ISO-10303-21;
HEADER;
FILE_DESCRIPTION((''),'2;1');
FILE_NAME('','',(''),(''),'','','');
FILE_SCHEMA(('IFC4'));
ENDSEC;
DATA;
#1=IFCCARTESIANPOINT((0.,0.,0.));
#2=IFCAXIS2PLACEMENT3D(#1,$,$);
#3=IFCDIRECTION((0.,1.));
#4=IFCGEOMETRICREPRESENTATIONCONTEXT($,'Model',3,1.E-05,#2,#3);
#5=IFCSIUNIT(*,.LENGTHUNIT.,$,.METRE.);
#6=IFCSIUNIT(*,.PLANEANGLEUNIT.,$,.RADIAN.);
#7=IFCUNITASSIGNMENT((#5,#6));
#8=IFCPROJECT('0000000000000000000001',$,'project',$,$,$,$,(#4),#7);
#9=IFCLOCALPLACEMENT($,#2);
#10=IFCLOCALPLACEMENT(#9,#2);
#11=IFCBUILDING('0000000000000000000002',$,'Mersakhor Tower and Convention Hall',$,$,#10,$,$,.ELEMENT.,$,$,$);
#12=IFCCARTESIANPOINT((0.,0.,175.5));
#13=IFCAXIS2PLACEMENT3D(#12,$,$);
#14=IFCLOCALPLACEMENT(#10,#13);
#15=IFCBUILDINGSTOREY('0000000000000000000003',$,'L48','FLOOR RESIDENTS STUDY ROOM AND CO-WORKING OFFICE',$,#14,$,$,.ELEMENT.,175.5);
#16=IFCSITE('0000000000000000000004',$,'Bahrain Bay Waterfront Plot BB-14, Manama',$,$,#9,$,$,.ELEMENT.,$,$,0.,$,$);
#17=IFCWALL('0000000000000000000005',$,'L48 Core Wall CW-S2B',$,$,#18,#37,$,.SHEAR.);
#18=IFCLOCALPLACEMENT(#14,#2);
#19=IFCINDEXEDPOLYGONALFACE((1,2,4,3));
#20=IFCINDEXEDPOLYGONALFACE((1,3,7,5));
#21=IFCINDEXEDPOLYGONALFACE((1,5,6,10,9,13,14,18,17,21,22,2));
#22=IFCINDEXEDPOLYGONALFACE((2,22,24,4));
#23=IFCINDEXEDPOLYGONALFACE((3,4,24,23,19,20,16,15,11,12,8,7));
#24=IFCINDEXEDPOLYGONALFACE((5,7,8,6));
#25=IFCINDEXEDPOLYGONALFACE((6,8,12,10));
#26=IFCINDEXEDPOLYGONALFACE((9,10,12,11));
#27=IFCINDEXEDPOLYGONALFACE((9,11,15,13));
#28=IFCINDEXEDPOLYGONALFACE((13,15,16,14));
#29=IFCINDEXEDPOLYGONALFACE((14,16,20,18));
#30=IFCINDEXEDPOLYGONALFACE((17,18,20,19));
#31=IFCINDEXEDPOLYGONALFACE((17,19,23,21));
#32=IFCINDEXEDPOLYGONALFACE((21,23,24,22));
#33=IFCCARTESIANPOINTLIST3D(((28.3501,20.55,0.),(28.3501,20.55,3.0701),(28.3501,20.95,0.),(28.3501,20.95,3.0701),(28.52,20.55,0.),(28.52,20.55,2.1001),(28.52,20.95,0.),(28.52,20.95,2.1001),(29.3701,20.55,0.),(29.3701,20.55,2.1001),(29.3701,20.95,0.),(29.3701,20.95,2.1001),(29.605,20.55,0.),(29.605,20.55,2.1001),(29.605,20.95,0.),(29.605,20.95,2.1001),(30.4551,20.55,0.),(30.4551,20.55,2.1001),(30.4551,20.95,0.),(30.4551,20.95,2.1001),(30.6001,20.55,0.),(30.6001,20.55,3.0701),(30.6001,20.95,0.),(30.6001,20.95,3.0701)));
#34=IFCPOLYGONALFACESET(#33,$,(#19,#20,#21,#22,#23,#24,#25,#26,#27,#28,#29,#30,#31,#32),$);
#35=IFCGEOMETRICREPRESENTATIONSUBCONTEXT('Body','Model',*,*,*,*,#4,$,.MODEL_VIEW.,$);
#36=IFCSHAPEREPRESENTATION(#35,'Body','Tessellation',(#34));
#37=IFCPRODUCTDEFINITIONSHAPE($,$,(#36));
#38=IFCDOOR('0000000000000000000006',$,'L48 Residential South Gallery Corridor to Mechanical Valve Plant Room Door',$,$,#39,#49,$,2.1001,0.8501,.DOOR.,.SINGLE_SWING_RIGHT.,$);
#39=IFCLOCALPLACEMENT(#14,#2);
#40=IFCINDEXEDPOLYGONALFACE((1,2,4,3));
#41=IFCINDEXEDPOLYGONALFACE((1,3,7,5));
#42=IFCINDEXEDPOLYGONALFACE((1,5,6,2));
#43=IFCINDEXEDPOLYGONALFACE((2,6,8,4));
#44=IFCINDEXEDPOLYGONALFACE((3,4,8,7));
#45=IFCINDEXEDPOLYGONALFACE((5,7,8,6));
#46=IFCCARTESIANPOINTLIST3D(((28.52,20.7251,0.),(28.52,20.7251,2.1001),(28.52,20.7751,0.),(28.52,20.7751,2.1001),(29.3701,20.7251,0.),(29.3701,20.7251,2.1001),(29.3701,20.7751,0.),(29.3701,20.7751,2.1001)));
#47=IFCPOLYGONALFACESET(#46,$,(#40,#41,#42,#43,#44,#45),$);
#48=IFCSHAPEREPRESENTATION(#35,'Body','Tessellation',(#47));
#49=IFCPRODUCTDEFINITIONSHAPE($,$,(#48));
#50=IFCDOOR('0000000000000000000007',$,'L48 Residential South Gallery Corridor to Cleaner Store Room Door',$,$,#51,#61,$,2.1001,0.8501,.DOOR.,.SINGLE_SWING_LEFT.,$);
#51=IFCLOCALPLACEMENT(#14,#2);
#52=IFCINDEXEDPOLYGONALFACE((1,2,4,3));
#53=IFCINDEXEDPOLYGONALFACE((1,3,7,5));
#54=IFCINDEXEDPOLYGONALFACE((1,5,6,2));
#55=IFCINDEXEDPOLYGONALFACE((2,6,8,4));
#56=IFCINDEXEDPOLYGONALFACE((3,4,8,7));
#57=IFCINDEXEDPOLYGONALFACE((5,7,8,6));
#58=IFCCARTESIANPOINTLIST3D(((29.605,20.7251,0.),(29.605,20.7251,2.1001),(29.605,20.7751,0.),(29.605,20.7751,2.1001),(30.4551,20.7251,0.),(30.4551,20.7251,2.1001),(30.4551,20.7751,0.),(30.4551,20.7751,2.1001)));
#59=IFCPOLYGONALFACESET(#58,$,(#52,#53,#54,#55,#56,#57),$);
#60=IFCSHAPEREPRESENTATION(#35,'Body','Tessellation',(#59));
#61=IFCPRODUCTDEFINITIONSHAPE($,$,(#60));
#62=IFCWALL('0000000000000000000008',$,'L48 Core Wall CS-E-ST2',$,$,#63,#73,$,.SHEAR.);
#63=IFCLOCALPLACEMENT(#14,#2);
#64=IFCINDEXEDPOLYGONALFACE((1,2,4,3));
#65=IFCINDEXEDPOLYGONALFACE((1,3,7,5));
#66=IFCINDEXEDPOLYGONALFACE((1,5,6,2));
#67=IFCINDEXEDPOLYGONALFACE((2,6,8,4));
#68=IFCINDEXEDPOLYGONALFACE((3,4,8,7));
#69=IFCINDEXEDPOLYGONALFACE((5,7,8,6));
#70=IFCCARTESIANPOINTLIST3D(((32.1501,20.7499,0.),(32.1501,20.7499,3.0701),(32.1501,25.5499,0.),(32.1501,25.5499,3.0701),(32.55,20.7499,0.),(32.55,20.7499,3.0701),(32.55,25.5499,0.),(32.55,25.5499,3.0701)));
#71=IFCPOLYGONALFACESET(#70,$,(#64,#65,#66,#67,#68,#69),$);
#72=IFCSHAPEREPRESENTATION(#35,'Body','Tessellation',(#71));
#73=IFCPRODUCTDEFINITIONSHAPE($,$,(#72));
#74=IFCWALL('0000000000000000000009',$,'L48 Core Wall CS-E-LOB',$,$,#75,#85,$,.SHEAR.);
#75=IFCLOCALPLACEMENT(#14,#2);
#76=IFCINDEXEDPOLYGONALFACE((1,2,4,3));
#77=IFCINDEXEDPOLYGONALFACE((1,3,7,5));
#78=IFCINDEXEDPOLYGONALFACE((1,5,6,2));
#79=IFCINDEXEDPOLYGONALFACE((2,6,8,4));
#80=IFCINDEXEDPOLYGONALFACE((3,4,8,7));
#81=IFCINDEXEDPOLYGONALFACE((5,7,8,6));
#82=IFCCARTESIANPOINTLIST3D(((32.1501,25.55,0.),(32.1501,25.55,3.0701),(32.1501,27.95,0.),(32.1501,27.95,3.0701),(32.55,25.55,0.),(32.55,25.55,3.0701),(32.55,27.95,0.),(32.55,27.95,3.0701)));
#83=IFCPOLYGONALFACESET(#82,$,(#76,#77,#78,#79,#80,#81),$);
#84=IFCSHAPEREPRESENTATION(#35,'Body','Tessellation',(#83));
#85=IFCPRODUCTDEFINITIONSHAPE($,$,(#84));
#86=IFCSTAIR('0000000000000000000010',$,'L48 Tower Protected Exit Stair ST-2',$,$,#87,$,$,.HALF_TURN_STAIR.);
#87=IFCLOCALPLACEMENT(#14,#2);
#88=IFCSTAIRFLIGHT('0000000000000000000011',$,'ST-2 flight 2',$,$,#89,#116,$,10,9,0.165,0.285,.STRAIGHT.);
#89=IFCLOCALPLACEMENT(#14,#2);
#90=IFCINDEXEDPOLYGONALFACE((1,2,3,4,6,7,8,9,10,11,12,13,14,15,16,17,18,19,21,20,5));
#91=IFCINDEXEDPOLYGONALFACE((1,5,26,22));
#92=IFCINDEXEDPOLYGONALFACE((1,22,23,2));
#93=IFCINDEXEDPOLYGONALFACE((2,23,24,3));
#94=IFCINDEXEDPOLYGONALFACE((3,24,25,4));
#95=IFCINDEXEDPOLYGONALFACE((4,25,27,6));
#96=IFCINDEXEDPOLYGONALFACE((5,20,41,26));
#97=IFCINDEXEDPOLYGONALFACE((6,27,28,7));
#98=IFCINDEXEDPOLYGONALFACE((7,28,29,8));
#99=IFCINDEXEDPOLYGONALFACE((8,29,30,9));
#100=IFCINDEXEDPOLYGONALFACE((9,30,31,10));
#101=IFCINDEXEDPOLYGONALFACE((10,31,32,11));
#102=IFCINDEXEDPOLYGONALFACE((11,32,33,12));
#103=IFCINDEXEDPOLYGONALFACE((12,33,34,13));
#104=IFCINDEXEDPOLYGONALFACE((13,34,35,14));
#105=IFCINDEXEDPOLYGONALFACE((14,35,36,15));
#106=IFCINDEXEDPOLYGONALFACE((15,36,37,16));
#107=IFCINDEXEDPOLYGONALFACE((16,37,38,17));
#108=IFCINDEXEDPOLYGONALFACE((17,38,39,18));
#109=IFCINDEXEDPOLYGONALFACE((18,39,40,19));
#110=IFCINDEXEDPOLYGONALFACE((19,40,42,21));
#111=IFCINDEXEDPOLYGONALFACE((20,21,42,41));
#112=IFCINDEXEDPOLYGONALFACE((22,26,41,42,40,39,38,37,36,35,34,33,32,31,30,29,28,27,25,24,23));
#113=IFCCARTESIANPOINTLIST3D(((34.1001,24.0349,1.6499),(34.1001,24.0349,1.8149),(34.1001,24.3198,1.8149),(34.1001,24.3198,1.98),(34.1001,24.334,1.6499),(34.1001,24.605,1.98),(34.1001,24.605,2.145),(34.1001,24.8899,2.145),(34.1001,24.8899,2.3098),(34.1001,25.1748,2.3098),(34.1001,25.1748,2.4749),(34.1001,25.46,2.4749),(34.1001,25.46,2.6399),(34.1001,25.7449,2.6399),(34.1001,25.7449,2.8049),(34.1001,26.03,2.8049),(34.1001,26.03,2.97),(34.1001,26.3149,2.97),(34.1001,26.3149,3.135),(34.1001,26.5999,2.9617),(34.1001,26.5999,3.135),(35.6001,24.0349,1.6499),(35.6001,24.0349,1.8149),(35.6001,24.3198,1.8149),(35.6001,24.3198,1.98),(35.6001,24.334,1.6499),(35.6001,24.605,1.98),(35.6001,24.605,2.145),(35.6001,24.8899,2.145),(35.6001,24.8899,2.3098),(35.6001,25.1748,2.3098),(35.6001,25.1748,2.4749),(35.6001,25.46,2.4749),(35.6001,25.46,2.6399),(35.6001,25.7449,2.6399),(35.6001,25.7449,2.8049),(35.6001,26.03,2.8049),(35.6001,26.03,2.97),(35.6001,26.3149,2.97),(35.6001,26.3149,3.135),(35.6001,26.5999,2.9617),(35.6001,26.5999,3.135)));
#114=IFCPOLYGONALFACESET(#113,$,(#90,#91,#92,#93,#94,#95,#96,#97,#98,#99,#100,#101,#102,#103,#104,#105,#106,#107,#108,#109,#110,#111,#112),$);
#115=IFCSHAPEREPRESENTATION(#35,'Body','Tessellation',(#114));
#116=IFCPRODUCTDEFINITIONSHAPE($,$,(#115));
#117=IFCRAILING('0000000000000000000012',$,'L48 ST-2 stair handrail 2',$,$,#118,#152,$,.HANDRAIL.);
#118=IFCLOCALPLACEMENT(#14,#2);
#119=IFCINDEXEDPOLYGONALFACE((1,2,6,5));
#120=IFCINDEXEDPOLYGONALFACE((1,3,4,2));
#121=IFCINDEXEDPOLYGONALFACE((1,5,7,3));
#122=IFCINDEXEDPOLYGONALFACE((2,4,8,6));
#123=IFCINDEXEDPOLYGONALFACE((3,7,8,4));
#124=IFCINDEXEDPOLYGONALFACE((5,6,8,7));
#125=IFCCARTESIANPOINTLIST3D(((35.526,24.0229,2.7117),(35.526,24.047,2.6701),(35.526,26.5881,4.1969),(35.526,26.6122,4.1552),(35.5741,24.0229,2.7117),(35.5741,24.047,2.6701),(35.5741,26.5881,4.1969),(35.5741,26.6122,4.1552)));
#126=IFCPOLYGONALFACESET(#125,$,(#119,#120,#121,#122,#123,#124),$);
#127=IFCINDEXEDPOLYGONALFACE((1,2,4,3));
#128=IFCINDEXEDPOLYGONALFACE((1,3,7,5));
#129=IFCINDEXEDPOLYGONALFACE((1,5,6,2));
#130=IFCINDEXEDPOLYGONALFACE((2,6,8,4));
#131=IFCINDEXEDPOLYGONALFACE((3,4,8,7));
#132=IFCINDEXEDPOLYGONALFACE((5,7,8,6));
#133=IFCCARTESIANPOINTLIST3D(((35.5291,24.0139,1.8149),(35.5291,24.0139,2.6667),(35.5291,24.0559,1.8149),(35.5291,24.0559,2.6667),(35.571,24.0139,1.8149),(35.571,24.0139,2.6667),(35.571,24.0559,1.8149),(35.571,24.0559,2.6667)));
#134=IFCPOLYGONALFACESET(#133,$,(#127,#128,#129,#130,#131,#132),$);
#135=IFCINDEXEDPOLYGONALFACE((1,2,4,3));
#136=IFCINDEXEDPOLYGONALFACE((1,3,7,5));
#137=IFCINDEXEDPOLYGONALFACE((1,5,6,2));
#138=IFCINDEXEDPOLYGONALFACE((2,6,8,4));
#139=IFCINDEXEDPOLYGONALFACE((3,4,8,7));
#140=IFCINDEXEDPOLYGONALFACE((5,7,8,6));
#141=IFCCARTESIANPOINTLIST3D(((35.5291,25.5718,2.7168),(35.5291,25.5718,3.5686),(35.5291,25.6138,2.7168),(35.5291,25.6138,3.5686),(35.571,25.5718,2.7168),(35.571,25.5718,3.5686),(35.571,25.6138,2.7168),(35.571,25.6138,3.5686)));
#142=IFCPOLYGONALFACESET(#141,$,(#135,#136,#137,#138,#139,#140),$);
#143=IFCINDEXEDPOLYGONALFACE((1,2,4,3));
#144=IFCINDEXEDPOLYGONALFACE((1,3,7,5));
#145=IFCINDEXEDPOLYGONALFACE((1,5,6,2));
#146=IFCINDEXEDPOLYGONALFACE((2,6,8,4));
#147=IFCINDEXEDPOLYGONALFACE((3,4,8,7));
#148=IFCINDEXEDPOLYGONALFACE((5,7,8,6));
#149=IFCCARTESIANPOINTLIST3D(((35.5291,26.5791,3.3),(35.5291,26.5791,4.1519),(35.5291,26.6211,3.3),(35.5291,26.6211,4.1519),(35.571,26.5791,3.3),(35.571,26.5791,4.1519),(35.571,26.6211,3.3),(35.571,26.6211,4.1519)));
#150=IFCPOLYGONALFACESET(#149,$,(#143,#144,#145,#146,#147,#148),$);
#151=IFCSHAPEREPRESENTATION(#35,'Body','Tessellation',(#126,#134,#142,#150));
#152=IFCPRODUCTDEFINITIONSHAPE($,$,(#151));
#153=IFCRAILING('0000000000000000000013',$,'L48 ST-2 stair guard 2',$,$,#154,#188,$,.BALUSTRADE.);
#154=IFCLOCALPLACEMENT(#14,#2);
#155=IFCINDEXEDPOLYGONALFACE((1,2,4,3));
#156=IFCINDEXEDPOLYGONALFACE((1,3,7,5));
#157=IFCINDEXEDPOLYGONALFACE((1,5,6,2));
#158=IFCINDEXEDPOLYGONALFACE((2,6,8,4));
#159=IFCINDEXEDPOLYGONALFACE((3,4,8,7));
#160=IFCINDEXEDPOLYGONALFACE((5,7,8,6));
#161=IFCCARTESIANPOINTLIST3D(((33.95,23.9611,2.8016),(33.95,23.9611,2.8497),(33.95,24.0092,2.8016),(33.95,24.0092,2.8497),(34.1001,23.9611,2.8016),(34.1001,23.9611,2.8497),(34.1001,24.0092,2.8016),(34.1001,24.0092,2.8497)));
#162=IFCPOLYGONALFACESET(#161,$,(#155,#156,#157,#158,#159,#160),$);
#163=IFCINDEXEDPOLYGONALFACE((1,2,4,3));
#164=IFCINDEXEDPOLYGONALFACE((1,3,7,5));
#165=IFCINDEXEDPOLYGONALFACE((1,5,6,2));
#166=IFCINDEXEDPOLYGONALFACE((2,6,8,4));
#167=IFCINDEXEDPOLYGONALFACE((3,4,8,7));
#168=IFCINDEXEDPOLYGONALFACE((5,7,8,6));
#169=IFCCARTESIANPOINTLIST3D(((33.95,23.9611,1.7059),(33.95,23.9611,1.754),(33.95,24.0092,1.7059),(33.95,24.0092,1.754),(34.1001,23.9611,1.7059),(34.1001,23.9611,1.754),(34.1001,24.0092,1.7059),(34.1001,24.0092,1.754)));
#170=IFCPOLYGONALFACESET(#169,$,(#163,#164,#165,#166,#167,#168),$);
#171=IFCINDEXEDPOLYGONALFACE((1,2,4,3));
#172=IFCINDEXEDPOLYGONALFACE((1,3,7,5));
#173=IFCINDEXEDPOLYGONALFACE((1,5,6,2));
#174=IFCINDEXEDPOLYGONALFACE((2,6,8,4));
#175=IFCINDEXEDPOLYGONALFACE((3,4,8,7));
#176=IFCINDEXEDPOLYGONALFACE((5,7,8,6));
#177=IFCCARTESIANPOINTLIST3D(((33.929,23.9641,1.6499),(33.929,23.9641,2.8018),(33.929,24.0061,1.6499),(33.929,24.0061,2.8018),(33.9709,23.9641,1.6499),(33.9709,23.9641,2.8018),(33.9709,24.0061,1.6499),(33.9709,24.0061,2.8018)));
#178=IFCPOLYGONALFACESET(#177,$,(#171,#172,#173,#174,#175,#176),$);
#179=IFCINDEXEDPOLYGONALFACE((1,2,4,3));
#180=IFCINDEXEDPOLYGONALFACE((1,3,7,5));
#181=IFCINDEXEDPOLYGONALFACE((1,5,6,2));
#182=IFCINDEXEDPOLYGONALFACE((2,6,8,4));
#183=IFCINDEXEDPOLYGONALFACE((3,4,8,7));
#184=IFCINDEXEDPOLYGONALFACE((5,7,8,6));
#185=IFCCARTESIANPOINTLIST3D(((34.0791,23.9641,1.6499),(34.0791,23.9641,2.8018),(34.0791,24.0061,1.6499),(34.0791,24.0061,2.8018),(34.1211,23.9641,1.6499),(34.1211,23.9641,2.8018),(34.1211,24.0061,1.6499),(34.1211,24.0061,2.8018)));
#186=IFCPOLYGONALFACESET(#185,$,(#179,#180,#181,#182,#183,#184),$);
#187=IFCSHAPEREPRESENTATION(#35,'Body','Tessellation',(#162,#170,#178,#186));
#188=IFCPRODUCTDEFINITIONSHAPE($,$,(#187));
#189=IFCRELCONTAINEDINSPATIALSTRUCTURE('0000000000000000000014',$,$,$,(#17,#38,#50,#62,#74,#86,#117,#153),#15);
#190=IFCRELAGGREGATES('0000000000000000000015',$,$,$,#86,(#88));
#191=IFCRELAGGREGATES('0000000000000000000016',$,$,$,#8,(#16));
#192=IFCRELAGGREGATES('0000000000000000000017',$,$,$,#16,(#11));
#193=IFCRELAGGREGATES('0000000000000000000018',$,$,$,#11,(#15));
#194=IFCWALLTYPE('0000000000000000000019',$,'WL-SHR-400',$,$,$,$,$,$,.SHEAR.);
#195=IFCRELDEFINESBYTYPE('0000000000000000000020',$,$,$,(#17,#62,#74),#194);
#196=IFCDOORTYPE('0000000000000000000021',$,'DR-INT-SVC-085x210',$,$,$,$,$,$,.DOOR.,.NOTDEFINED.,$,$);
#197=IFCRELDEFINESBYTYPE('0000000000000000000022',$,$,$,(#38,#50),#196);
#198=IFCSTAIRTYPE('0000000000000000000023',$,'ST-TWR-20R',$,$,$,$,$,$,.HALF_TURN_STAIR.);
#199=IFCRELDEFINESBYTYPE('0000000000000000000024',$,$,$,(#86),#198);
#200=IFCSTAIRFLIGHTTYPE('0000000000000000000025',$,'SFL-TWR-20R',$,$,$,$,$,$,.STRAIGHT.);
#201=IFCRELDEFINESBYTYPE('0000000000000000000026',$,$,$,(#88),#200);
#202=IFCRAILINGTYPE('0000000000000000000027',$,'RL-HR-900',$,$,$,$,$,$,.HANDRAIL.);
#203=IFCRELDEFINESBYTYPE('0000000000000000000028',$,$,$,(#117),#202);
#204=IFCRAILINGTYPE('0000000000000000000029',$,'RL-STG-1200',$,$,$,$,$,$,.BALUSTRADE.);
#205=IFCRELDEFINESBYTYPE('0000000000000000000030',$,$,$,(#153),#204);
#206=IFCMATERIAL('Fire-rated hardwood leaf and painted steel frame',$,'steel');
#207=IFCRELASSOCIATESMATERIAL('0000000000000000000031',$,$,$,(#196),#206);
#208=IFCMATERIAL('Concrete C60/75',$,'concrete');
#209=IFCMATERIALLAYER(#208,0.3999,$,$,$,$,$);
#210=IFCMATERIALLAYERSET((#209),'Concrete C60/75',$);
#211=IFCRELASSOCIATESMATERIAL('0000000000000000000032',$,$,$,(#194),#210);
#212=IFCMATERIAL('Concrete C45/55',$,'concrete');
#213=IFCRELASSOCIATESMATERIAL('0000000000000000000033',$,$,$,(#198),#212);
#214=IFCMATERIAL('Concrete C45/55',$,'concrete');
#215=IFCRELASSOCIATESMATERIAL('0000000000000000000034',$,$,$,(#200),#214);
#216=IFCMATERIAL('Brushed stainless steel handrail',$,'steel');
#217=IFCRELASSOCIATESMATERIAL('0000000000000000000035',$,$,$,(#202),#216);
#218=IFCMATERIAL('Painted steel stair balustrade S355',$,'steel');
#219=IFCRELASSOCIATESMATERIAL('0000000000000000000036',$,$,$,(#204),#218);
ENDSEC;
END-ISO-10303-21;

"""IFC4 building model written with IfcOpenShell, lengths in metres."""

from ifc_helpers import new_model, si_unit, direction, frame, frame_2d, origin, origin_2d, place, context, subcontext, project, spatial, polyline, rectangle, outline, extrude, material, layer, layer_set, type_object, element, fill, aggregate, save


model = new_model("IFC4")

# Units and contexts
model_context = context("Model", 3, precision=1e-05, world=origin(), true_north=direction((0.0, 1.0)))
body_context = subcontext(model_context, "Body", "Model", "MODEL_VIEW")
ifc_project = project(units=[si_unit("LENGTHUNIT", "METRE"), si_unit("PLANEANGLEUNIT", "RADIAN")], contexts=[model_context])

# Site, building, storey
site_placement = place(None, origin())
site = spatial("IfcSite", under=ifc_project, at=site_placement, Name="Bahrain Bay Waterfront Plot BB-14, Manama", CompositionType="ELEMENT", RefElevation=0.0)
building_placement = place(site_placement, origin())
building = spatial("IfcBuilding", under=site, at=building_placement, Name="Mersakhor Tower and Convention Hall", CompositionType="ELEMENT")
storey_placement = place(building_placement, frame((0.0, 0.0, 175.5)))
storey = spatial("IfcBuildingStorey", under=building, at=storey_placement, Name="L48", Description="FLOOR RESIDENTS STUDY ROOM AND CO-WORKING OFFICE", CompositionType="ELEMENT", Elevation=175.5)

# Shared definitions
ifc_material_1 = material(Name="Fire-rated hardwood leaf and painted steel frame", Category="steel")
door_type_1 = type_object("IfcDoorType", Name="DR-INT-SVC-085x210", OperationType="NOTDEFINED", PredefinedType="DOOR", material=ifc_material_1)

# Shared definitions
ifc_material_2 = material(Name="Concrete C60/75", Category="concrete")
ifc_layer_1 = layer(ifc_material_2, 0.3999)
ifc_layer_set_1 = layer_set([ifc_layer_1], Name="Concrete C60/75")
wall_type_1 = type_object("IfcWallType", Name="WL-SHR-400", PredefinedType="SHEAR", material=ifc_layer_set_1)

# Wall, openings, doors
wall_1_placement = place(storey_placement, frame((30.6001, 20.75, 0.0), z_axis=(0.0, 0.0, 1.0), x_axis=(-1.0, 0.0, 0.0)))
wall_1 = element("IfcWall", 1, at=wall_1_placement, inside=storey, type_object=wall_type_1, Name="L48 Core Wall CW-S2B", PredefinedType="SHEAR", context=body_context, shape_type="SweptSolid", body=[
    extrude(rectangle(XDim=2.25, YDim=0.3999, at=frame_2d((1.125, 0.0))), origin(), (0.0, 0.0, 1.0), 3.0701),
])
opening_1_placement = place(wall_1_placement, frame((1.23, 0.0, 0.0)))
opening_1 = element("IfcOpeningElement", 2, at=opening_1_placement, cuts=wall_1, PredefinedType="OPENING", context=body_context, shape_type="SweptSolid", body=[
    extrude(rectangle(XDim=0.8501, YDim=2.1001, at=frame_2d((0.425, 1.05))), frame((0.0, 0.21, 0.0), z_axis=(0.0, -1.0, 0.0), x_axis=(1.0, 0.0, 0.0)), (0.0, 0.0, 1.0), 0.4199),
])
opening_2_placement = place(wall_1_placement, frame((0.145, 0.0, 0.0)))
opening_2 = element("IfcOpeningElement", 3, at=opening_2_placement, cuts=wall_1, PredefinedType="OPENING", context=body_context, shape_type="SweptSolid", body=[
    extrude(rectangle(XDim=0.8501, YDim=2.1001, at=frame_2d((0.425, 1.05))), frame((0.0, 0.21, 0.0), z_axis=(0.0, -1.0, 0.0), x_axis=(1.0, 0.0, 0.0)), (0.0, 0.0, 1.0), 0.4199),
])
door_1_placement = place(opening_1_placement, origin())
door_1 = element("IfcDoor", 4, at=door_1_placement, inside=storey, type_object=door_type_1, Name="L48 Residential South Gallery Corridor to Mechanical Valve Plant Room Door", OperationType="SINGLE_SWING_RIGHT", OverallHeight=2.1001, OverallWidth=0.8501, PredefinedType="DOOR", context=body_context, shape_type="SweptSolid", body=[
    extrude(rectangle(XDim=0.8501, YDim=2.1001, at=frame_2d((0.425, 1.05))), frame((0.0, 0.0249, 0.0), z_axis=(0.0, -1.0, 0.0), x_axis=(1.0, 0.0, 0.0)), (0.0, 0.0, 1.0), 0.05),
])
fill(opening_1, door_1)
door_2_placement = place(opening_2_placement, origin())
door_2 = element("IfcDoor", 5, at=door_2_placement, inside=storey, type_object=door_type_1, Name="L48 Residential South Gallery Corridor to Cleaner Store Room Door", OperationType="SINGLE_SWING_LEFT", OverallHeight=2.1001, OverallWidth=0.8501, PredefinedType="DOOR", context=body_context, shape_type="SweptSolid", body=[
    extrude(rectangle(XDim=0.8501, YDim=2.1001, at=frame_2d((0.425, 1.05))), frame((0.0, 0.0249, 0.0), z_axis=(0.0, -1.0, 0.0), x_axis=(1.0, 0.0, 0.0)), (0.0, 0.0, 1.0), 0.05),
])
fill(opening_2, door_2)

# Walls
wall_2_placement = place(storey_placement, frame((32.3501, 20.75, 0.0), z_axis=(0.0, 0.0, 1.0), x_axis=(0.0, 1.0, 0.0)))
element("IfcWall", 6, at=wall_2_placement, inside=storey, type_object=wall_type_1, Name="L48 Core Wall CS-E-ST2", PredefinedType="SHEAR", context=body_context, shape_type="SweptSolid", body=[
    extrude(rectangle(XDim=4.8, YDim=0.3999, at=frame_2d((2.3999, 0.0))), origin(), (0.0, 0.0, 1.0), 3.0701),
])
wall_3_placement = place(storey_placement, frame((32.3501, 25.55, 0.0), z_axis=(0.0, 0.0, 1.0), x_axis=(0.0, 1.0, 0.0)))
element("IfcWall", 7, at=wall_3_placement, inside=storey, type_object=wall_type_1, Name="L48 Core Wall CS-E-LOB", PredefinedType="SHEAR", context=body_context, shape_type="SweptSolid", body=[
    extrude(rectangle(XDim=2.3999, YDim=0.3999, at=frame_2d((1.2, 0.0))), origin(), (0.0, 0.0, 1.0), 3.0701),
])

# Stair, stair flight
ifc_material_3 = material(Name="Concrete C45/55", Category="concrete")
stair_type = type_object("IfcStairType", Name="ST-TWR-20R", PredefinedType="HALF_TURN_STAIR", material=ifc_material_3)
stair_placement = place(storey_placement, origin())
stair = element("IfcStair", 8, at=stair_placement, inside=storey, type_object=stair_type, Name="L48 Tower Protected Exit Stair ST-2", PredefinedType="HALF_TURN_STAIR")
ifc_material_4 = material(Name="Concrete C45/55", Category="concrete")
stair_flight_type = type_object("IfcStairFlightType", Name="SFL-TWR-20R", PredefinedType="STRAIGHT", material=ifc_material_4)
stair_flight_placement = place(storey_placement, frame((34.8501, 24.0349, 1.6499), z_axis=(0.0, 0.0, 1.0), x_axis=(0.0, 1.0, 0.0)))
stair_flight = element("IfcStairFlight", 9, at=stair_flight_placement, type_object=stair_flight_type, Name="ST-2 flight 2", NumberOfRisers=10, NumberOfTreads=9, PredefinedType="STRAIGHT", RiserHeight=0.165, TreadLength=0.285, context=body_context, shape_type="SweptSolid", body=[
    extrude(outline(polyline([(0.0, 0.0), (0.0, 0.165), (0.2849, 0.165), (0.2849, 0.3301), (0.5701, 0.3301), (0.5701, 0.4951), (0.855, 0.4951), (0.855, 0.6599), (1.1399, 0.6599), (1.1399, 0.825), (1.425, 0.825), (1.425, 0.99), (1.71, 0.99), (1.71, 1.155), (1.9951, 1.155), (1.9951, 1.3201), (2.28, 1.3201), (2.28, 1.4851), (2.5649, 1.4851), (2.5649, 1.6499), (2.5649, 1.3118), (0.2991, 0.0), (0.0, 0.0)])), frame((0.0, 0.75, 0.0), z_axis=(0.0, -1.0, 0.0), x_axis=(1.0, 0.0, 0.0)), (0.0, 0.0, 1.0), 1.5),
])
aggregate(stair, [stair_flight])

# Railings
ifc_material_5 = material(Name="Brushed stainless steel handrail", Category="steel")
railing_type_1 = type_object("IfcRailingType", Name="RL-HR-900", PredefinedType="HANDRAIL", material=ifc_material_5)
railing_1_placement = place(storey_placement, frame((35.55, 24.0349, 1.8149)))
element("IfcRailing", 10, at=railing_1_placement, inside=storey, type_object=railing_type_1, Name="L48 ST-2 stair handrail 2", PredefinedType="HANDRAIL", context=body_context, shape_type="SweptSolid", body=[
    extrude(rectangle(XDim=0.0481, YDim=0.0481, at=origin_2d()), frame((0.0, 0.0, 0.876), z_axis=(0.0, 0.865426, 0.501036), x_axis=(-1.0, 0.0, 0.0)), (0.0, 0.0, 1.0), 2.9641),
    extrude(rectangle(XDim=0.042, YDim=0.042, at=origin_2d()), origin(), (0.0, 0.0, 1.0), 0.8518),
    extrude(rectangle(XDim=0.042, YDim=0.042, at=origin_2d()), frame((0.0, 1.5579, 0.9019)), (0.0, 0.0, 1.0), 0.8518),
    extrude(rectangle(XDim=0.042, YDim=0.042, at=origin_2d()), frame((0.0, 2.5652, 1.4851)), (0.0, 0.0, 1.0), 0.8518),
])
ifc_material_6 = material(Name="Painted steel stair balustrade S355", Category="steel")
railing_type_2 = type_object("IfcRailingType", Name="RL-STG-1200", PredefinedType="BALUSTRADE", material=ifc_material_6)
railing_2_placement = place(storey_placement, frame((33.95, 23.9851, 1.6499)))
element("IfcRailing", 11, at=railing_2_placement, inside=storey, type_object=railing_type_2, Name="L48 ST-2 stair guard 2", PredefinedType="BALUSTRADE", context=body_context, shape_type="SweptSolid", body=[
    extrude(rectangle(XDim=0.0481, YDim=0.0481, at=origin_2d()), frame((0.0, 0.0, 1.1758), z_axis=(1.0, 0.0, 0.0), x_axis=(0.0, 1.0, 0.0)), (0.0, 0.0, 1.0), 0.1501),
    extrude(rectangle(XDim=0.0481, YDim=0.0481, at=origin_2d()), frame((0.0, 0.0, 0.0801), z_axis=(1.0, 0.0, 0.0), x_axis=(0.0, 1.0, 0.0)), (0.0, 0.0, 1.0), 0.1501),
    extrude(rectangle(XDim=0.042, YDim=0.042, at=origin_2d()), origin(), (0.0, 0.0, 1.0), 1.1519),
    extrude(rectangle(XDim=0.042, YDim=0.042, at=origin_2d()), frame((0.1501, 0.0, 0.0)), (0.0, 0.0, 1.0), 1.1519),
])

save(model, "model.ifc")
